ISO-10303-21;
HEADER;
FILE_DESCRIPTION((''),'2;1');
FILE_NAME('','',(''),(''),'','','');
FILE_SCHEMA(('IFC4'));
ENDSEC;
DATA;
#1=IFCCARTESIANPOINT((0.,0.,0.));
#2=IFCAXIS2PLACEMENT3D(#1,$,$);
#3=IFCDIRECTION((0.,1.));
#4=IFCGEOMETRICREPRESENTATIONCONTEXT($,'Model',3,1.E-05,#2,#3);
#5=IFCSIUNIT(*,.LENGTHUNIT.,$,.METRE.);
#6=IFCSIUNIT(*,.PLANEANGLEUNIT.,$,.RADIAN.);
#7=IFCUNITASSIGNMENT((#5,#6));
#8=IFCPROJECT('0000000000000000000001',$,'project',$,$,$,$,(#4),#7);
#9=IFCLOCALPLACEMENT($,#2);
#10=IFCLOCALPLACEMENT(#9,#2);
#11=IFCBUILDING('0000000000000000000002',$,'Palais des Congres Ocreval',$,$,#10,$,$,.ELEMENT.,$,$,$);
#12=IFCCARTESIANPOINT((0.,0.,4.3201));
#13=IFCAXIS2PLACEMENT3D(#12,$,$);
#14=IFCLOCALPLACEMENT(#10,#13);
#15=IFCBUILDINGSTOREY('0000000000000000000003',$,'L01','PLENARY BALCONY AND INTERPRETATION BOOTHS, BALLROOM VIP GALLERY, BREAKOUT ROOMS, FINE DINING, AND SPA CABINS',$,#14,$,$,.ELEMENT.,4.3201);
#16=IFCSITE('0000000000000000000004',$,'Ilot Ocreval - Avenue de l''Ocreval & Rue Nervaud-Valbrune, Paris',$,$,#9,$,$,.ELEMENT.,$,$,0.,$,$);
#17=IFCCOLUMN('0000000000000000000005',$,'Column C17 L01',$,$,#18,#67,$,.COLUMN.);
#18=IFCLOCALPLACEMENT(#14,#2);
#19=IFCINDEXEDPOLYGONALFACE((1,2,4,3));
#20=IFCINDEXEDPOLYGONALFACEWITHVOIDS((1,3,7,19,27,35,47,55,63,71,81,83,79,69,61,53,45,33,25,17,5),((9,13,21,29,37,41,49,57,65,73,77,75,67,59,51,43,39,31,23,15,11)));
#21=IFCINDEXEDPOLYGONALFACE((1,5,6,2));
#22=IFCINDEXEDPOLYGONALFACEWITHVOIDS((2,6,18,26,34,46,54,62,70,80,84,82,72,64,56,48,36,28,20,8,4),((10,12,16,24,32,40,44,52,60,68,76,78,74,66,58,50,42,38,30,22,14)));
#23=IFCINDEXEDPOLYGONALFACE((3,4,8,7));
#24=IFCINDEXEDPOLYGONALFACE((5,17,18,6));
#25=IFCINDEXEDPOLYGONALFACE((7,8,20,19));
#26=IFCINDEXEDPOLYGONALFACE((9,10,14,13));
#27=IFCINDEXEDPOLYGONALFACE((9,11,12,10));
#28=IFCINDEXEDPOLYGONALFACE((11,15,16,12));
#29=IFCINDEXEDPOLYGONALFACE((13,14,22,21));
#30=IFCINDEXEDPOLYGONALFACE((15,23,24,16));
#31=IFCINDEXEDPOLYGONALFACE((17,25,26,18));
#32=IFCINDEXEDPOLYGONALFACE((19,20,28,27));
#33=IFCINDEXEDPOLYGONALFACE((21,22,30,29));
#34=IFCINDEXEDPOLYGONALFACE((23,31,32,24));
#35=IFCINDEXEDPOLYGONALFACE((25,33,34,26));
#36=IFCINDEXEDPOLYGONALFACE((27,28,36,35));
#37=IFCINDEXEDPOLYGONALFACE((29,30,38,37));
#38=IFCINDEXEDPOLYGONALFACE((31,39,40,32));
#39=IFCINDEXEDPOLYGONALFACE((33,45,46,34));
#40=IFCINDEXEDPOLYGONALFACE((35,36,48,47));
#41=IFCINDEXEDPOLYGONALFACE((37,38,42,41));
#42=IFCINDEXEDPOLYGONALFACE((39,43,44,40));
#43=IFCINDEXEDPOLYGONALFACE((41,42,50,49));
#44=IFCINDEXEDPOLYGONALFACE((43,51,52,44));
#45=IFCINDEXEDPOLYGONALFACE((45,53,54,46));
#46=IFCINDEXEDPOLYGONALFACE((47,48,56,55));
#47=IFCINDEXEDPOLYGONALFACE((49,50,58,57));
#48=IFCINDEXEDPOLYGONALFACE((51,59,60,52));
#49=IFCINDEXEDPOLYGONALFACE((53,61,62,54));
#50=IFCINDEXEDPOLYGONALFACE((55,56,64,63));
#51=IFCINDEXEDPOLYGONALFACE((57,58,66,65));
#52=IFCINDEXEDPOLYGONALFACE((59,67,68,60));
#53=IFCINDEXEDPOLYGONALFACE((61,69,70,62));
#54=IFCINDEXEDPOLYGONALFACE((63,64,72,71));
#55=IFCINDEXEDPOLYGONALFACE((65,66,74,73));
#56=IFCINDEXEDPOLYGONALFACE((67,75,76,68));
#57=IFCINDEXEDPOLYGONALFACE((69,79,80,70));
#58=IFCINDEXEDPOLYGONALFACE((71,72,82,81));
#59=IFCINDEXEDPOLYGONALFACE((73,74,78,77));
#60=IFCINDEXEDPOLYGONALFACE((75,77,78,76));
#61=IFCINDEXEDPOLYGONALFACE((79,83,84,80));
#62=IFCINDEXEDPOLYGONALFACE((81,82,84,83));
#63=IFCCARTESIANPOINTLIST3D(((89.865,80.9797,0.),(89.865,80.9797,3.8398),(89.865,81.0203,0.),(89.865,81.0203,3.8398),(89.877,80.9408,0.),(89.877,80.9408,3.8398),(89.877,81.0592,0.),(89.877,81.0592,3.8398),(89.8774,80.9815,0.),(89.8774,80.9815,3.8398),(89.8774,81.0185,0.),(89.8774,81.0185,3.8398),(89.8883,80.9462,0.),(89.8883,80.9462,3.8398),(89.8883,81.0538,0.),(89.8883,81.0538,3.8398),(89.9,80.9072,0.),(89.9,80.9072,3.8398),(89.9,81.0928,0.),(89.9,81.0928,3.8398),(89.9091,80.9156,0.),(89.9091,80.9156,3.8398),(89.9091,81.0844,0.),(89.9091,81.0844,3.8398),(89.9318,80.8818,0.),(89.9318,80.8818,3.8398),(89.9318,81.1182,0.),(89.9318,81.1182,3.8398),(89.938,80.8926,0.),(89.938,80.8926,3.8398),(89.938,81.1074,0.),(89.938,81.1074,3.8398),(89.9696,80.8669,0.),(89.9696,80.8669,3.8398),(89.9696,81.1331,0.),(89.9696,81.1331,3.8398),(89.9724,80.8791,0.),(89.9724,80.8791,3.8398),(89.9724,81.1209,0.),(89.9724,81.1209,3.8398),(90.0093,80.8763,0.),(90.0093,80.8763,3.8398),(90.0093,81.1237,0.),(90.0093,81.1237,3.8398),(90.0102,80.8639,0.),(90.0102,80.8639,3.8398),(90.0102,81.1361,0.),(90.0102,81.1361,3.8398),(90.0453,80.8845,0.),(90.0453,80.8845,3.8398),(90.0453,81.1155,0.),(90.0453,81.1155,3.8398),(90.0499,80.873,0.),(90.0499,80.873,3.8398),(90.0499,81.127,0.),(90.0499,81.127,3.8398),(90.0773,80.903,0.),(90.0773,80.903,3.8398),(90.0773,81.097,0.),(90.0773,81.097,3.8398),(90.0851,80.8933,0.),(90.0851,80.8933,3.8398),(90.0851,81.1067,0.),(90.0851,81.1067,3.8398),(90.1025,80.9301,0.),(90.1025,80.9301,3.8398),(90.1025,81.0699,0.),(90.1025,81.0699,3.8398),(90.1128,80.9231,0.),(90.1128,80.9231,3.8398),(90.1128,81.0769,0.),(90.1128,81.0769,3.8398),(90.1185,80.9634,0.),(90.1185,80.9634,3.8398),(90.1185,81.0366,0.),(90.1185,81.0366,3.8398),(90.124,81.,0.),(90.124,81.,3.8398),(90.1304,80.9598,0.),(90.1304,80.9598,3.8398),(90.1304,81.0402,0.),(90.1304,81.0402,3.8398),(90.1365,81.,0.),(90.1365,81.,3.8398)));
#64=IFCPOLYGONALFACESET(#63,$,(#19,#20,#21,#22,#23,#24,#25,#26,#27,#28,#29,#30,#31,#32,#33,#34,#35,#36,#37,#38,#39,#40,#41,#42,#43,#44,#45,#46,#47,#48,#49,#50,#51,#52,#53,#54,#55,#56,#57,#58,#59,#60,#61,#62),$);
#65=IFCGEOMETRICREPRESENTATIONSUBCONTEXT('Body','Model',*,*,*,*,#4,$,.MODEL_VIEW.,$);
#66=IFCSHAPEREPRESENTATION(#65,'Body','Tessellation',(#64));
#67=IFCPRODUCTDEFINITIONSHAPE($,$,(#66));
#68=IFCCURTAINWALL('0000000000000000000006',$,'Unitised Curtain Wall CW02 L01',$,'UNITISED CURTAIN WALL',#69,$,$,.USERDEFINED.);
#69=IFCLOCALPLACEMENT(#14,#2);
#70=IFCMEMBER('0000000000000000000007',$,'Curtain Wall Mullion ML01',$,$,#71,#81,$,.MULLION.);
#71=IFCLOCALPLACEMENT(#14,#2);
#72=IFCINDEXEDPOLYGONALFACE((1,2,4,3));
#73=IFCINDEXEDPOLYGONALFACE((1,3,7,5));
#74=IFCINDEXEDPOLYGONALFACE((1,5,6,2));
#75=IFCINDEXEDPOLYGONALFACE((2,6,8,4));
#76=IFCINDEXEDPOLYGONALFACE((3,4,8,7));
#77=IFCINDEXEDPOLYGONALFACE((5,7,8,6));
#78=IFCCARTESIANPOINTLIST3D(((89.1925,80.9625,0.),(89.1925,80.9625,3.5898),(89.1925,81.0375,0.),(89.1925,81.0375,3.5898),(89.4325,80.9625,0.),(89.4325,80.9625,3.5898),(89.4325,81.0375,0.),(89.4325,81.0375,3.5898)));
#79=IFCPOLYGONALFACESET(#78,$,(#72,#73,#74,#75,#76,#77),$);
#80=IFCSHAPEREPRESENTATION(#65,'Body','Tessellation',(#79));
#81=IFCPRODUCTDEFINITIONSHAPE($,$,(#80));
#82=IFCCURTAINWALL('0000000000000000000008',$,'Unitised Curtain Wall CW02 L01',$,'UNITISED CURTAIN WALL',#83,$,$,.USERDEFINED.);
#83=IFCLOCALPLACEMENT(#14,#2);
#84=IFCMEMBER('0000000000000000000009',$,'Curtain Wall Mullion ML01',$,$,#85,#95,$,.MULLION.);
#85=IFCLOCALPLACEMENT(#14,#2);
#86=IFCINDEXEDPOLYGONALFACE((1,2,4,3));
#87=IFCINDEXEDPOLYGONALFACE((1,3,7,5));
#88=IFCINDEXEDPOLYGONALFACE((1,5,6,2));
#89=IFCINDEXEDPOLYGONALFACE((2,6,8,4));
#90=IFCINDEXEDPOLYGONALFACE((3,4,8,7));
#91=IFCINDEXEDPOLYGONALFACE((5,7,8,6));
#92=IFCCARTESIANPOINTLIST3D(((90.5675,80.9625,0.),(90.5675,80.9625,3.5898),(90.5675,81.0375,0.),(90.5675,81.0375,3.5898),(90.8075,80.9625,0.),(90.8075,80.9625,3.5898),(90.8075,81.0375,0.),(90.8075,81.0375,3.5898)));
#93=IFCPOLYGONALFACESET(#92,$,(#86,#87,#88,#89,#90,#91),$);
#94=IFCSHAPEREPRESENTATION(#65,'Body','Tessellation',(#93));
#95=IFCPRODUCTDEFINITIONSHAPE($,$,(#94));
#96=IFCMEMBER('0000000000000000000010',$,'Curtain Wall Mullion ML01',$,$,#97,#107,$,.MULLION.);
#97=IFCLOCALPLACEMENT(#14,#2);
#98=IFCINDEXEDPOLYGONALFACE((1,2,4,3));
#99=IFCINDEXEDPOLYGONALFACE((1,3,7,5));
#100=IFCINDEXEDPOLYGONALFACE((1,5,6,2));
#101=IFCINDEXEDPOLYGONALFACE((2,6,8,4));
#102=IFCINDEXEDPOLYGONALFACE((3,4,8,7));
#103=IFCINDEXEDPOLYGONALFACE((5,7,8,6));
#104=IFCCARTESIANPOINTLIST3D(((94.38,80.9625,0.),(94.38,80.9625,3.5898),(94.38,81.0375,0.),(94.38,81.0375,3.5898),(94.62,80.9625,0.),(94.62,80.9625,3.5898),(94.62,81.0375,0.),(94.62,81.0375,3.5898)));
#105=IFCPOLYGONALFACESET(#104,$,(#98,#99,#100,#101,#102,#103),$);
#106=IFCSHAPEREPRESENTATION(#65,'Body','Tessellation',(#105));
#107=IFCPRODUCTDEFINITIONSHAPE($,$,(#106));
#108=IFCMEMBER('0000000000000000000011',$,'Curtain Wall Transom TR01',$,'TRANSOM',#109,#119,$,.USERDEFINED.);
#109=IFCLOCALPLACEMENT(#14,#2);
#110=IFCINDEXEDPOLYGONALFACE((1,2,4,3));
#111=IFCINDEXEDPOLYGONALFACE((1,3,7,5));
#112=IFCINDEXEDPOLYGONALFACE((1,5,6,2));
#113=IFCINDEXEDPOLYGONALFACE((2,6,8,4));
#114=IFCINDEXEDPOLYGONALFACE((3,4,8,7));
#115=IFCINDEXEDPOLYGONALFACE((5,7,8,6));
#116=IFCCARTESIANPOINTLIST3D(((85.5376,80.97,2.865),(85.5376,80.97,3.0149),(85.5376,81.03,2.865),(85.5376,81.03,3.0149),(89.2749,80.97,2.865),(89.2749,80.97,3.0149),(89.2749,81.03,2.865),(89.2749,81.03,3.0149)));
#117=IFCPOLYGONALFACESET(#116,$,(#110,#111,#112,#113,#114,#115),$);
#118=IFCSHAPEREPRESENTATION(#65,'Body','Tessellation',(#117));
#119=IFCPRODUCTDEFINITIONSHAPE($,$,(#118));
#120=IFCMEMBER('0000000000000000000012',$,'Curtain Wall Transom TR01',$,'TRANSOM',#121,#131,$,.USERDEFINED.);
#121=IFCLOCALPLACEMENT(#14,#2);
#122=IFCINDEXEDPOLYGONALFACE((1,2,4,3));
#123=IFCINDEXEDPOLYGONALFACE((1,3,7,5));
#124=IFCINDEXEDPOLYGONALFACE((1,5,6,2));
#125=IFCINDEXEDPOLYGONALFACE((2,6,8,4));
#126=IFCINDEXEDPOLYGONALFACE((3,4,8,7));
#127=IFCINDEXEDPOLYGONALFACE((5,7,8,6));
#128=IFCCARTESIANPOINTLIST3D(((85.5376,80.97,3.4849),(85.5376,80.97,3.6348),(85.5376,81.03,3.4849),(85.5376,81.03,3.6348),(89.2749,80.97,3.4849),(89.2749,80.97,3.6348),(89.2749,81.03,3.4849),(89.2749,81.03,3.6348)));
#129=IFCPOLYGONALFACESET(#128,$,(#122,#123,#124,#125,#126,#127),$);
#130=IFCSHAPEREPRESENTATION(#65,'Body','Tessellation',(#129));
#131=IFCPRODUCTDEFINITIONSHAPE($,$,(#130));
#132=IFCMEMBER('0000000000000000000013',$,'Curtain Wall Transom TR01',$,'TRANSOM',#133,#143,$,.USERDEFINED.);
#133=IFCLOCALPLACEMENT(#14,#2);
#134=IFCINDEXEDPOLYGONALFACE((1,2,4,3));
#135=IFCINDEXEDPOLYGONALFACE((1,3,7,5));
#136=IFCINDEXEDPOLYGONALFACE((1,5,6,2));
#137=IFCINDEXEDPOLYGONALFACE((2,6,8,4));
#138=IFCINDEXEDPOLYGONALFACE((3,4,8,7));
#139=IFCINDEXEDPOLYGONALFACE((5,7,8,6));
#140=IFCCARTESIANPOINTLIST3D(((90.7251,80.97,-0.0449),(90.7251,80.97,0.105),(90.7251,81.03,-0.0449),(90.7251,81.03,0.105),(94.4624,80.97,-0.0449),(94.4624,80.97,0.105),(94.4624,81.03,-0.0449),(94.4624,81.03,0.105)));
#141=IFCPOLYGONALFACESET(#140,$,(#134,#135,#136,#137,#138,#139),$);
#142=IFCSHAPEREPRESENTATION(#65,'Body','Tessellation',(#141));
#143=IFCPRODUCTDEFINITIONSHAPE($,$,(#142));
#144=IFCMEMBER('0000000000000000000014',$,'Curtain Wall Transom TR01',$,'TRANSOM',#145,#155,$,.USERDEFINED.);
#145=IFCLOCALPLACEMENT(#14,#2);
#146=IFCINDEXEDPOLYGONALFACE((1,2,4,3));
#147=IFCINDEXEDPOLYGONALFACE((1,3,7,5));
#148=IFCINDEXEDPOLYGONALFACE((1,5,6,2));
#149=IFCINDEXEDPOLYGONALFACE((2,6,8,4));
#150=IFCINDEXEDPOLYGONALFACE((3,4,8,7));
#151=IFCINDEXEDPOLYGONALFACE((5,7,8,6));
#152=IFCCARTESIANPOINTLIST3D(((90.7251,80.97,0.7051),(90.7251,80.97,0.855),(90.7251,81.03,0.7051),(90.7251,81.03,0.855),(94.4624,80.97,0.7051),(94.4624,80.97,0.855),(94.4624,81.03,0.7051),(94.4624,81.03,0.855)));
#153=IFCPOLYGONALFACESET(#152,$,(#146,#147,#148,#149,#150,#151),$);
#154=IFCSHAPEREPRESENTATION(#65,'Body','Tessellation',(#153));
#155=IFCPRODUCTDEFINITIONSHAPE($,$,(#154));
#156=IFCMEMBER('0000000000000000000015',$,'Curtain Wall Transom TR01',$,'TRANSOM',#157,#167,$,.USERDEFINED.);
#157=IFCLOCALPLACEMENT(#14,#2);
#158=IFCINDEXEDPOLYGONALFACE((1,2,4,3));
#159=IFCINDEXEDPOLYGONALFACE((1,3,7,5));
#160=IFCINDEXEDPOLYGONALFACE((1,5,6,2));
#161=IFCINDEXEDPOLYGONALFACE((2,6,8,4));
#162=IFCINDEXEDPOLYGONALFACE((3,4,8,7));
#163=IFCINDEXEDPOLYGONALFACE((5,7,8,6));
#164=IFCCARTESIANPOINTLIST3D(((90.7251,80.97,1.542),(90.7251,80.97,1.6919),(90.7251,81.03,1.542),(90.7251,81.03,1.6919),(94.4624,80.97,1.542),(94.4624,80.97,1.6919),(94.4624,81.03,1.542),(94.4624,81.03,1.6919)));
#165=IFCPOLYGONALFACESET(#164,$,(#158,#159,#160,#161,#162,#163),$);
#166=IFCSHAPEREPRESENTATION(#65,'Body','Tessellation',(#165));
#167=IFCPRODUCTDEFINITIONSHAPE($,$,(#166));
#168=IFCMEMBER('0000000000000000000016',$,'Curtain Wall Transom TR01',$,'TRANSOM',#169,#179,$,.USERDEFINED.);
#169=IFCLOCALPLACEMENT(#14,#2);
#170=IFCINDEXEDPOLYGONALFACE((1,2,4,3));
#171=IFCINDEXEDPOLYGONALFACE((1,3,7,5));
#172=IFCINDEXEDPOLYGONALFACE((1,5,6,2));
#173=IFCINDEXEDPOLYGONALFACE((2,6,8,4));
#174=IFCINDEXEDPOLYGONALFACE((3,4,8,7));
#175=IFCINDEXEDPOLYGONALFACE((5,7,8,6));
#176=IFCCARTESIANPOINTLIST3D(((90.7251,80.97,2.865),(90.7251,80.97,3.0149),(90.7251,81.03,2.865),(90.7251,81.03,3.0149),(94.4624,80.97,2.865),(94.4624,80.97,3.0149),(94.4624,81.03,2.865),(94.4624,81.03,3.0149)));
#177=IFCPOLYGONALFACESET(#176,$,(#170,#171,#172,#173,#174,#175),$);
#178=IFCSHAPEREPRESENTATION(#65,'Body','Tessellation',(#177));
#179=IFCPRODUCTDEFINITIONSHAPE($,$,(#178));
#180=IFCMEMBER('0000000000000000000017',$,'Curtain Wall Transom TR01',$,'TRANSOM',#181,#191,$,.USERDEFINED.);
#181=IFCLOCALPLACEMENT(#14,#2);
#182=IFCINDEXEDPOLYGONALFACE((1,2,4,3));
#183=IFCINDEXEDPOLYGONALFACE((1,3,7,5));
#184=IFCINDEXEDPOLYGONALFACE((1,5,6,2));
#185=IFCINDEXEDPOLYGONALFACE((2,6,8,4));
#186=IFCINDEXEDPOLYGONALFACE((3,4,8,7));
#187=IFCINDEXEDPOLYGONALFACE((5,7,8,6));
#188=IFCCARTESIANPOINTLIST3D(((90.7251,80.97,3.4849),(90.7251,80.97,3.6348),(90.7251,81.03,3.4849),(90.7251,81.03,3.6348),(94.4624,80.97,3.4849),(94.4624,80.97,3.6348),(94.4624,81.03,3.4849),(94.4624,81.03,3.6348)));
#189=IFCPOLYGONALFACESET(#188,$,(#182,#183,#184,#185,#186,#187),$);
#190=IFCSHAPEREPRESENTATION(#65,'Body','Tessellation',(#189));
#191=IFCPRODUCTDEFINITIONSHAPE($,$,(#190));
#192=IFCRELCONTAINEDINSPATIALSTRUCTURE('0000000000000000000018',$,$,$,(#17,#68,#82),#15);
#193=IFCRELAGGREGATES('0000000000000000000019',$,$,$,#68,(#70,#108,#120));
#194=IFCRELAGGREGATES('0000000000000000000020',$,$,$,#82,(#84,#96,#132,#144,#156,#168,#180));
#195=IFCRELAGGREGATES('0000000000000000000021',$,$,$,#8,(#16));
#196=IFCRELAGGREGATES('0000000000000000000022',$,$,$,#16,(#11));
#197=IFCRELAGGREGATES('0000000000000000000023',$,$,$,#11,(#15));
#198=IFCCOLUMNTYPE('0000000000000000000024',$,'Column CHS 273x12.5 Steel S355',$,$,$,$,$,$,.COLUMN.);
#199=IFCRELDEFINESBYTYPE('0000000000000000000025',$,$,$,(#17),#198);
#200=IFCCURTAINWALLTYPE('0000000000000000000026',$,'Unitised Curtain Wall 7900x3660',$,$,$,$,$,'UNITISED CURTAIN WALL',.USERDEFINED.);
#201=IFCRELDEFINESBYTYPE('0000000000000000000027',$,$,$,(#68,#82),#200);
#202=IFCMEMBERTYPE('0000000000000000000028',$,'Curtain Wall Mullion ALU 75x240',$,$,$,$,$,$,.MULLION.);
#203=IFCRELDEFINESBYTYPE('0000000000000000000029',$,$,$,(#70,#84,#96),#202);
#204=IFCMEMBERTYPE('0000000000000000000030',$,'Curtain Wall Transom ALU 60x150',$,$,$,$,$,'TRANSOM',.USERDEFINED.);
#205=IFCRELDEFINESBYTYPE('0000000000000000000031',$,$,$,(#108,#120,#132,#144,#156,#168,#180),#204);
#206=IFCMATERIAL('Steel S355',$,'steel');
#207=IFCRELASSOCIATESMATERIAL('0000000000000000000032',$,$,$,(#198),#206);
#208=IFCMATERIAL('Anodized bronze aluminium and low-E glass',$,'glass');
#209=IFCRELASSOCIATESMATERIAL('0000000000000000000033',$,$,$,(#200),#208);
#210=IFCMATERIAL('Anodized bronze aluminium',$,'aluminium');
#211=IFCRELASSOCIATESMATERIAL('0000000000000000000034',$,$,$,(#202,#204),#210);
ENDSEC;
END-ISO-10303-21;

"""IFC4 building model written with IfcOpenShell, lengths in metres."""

from ifc_helpers import new_model, si_unit, direction, frame, origin, origin_2d, place, context, subcontext, project, spatial, rectangle, hollow_circle, extrude, material, material_profile, profile_set, type_object, element, aggregate, save


model = new_model("IFC4")

# Units and contexts
model_context = context("Model", 3, precision=1e-05, world=origin(), true_north=direction((0.0, 1.0)))
body_context = subcontext(model_context, "Body", "Model", "MODEL_VIEW")
ifc_project = project(units=[si_unit("LENGTHUNIT", "METRE"), si_unit("PLANEANGLEUNIT", "RADIAN")], contexts=[model_context])

# Site, building, storey
site_placement = place(None, origin())
site = spatial("IfcSite", under=ifc_project, at=site_placement, Name="Ilot Ocreval - Avenue de l'Ocreval & Rue Nervaud-Valbrune, Paris", CompositionType="ELEMENT", RefElevation=0.0)
building_placement = place(site_placement, origin())
building = spatial("IfcBuilding", under=site, at=building_placement, Name="Palais des Congres Ocreval", CompositionType="ELEMENT")
storey_placement = place(building_placement, frame((0.0, 0.0, 4.3201)))
storey = spatial("IfcBuildingStorey", under=building, at=storey_placement, Name="L01", Description="PLENARY BALCONY AND INTERPRETATION BOOTHS, BALLROOM VIP GALLERY, BREAKOUT ROOMS, FINE DINING, AND SPA CABINS", CompositionType="ELEMENT", Elevation=4.3201)

# Column
ifc_material_1 = material(Name="Steel S355", Category="steel")
ifc_material_profile_1 = material_profile(ifc_material_1, hollow_circle(Radius=0.1365, WallThickness=0.0125, at=origin_2d()), Name="CHS 273x12.5")
ifc_profile_set_1 = profile_set([ifc_material_profile_1], Name="Steel S355")
column_type = type_object("IfcColumnType", Name="Column CHS 273x12.5 Steel S355", PredefinedType="COLUMN", material=ifc_profile_set_1)
column_placement = place(storey_placement, frame((90.0, 81.0, 0.0), z_axis=(0.0, 0.0, 1.0), x_axis=(1.0, 0.0, 0.0)))
element("IfcColumn", 1, at=column_placement, inside=storey, type_object=column_type, Name="Column C17 L01", PredefinedType="COLUMN", context=body_context, shape_type="SweptSolid", body=[
    extrude(hollow_circle(Radius=0.1365, WallThickness=0.0125, at=origin_2d()), origin(), (0.0, 0.0, 1.0), 3.8398),
])

# Curtain wall, member
ifc_material_2 = material(Name="Anodized bronze aluminium and low-E glass", Category="glass")
curtain_wall_type = type_object("IfcCurtainWallType", Name="Unitised Curtain Wall 7900x3660", ElementType="UNITISED CURTAIN WALL", PredefinedType="USERDEFINED", material=ifc_material_2)
curtain_wall_1_placement = place(storey_placement, origin())
curtain_wall_1 = element("IfcCurtainWall", 2, at=curtain_wall_1_placement, inside=storey, type_object=curtain_wall_type, Name="Unitised Curtain Wall CW02 L01", ObjectType="UNITISED CURTAIN WALL", PredefinedType="USERDEFINED")
ifc_material_3 = material(Name="Anodized bronze aluminium", Category="aluminium")
ifc_material_profile_2 = material_profile(ifc_material_3, rectangle(XDim=0.075, YDim=0.24, at=origin_2d()), Name="ALU 75x240")
ifc_profile_set_2 = profile_set([ifc_material_profile_2], Name="Anodized bronze aluminium")
member_type_1 = type_object("IfcMemberType", Name="Curtain Wall Mullion ALU 75x240", PredefinedType="MULLION", material=ifc_profile_set_2)
member_1_placement = place(storey_placement, frame((89.3125, 81.0, 0.0), z_axis=(0.0, 0.0, 1.0), x_axis=(0.0, 1.0, 0.0)))
member_1 = element("IfcMember", 3, at=member_1_placement, type_object=member_type_1, Name="Curtain Wall Mullion ML01", PredefinedType="MULLION", context=body_context, shape_type="SweptSolid", body=[
    extrude(rectangle(XDim=0.075, YDim=0.24, at=origin_2d()), origin(), (0.0, 0.0, 1.0), 3.5898),
])

# Curtain wall, members
curtain_wall_2_placement = place(storey_placement, origin())
curtain_wall_2 = element("IfcCurtainWall", 4, at=curtain_wall_2_placement, inside=storey, type_object=curtain_wall_type, Name="Unitised Curtain Wall CW02 L01", ObjectType="UNITISED CURTAIN WALL", PredefinedType="USERDEFINED")
member_2_placement = place(storey_placement, frame((90.6875, 81.0, 0.0), z_axis=(0.0, 0.0, 1.0), x_axis=(0.0, 1.0, 0.0)))
member_2 = element("IfcMember", 5, at=member_2_placement, type_object=member_type_1, Name="Curtain Wall Mullion ML01", PredefinedType="MULLION", context=body_context, shape_type="SweptSolid", body=[
    extrude(rectangle(XDim=0.075, YDim=0.24, at=origin_2d()), origin(), (0.0, 0.0, 1.0), 3.5898),
])
member_3_placement = place(storey_placement, frame((94.5, 81.0, 0.0), z_axis=(0.0, 0.0, 1.0), x_axis=(0.0, 1.0, 0.0)))
member_3 = element("IfcMember", 6, at=member_3_placement, type_object=member_type_1, Name="Curtain Wall Mullion ML01", PredefinedType="MULLION", context=body_context, shape_type="SweptSolid", body=[
    extrude(rectangle(XDim=0.075, YDim=0.24, at=origin_2d()), origin(), (0.0, 0.0, 1.0), 3.5898),
])

# Members
ifc_material_profile_3 = material_profile(ifc_material_3, rectangle(XDim=0.0601, YDim=0.1499, at=origin_2d()), Name="ALU 60x150")
ifc_profile_set_3 = profile_set([ifc_material_profile_3], Name="Anodized bronze aluminium")
member_type_2 = type_object("IfcMemberType", Name="Curtain Wall Transom ALU 60x150", ElementType="TRANSOM", PredefinedType="USERDEFINED", material=ifc_profile_set_3)
member_4_placement = place(storey_placement, frame((85.5376, 81.0, 2.9399), z_axis=(1.0, 0.0, 0.0), x_axis=(0.0, 1.0, 0.0)))
member_4 = element("IfcMember", 7, at=member_4_placement, type_object=member_type_2, Name="Curtain Wall Transom TR01", ObjectType="TRANSOM", PredefinedType="USERDEFINED", context=body_context, shape_type="SweptSolid", body=[
    extrude(rectangle(XDim=0.0601, YDim=0.1499, at=origin_2d()), origin(), (0.0, 0.0, 1.0), 3.7373),
])
member_5_placement = place(storey_placement, frame((85.5376, 81.0, 3.5598), z_axis=(1.0, 0.0, 0.0), x_axis=(0.0, 1.0, 0.0)))
member_5 = element("IfcMember", 8, at=member_5_placement, type_object=member_type_2, Name="Curtain Wall Transom TR01", ObjectType="TRANSOM", PredefinedType="USERDEFINED", context=body_context, shape_type="SweptSolid", body=[
    extrude(rectangle(XDim=0.0601, YDim=0.1499, at=origin_2d()), origin(), (0.0, 0.0, 1.0), 3.7373),
])
member_6_placement = place(storey_placement, frame((90.7251, 81.0, 0.03), z_axis=(1.0, 0.0, 0.0), x_axis=(0.0, 1.0, 0.0)))
member_6 = element("IfcMember", 9, at=member_6_placement, type_object=member_type_2, Name="Curtain Wall Transom TR01", ObjectType="TRANSOM", PredefinedType="USERDEFINED", context=body_context, shape_type="SweptSolid", body=[
    extrude(rectangle(XDim=0.0601, YDim=0.1499, at=origin_2d()), origin(), (0.0, 0.0, 1.0), 3.7373),
])
member_7_placement = place(storey_placement, frame((90.7251, 81.0, 0.78), z_axis=(1.0, 0.0, 0.0), x_axis=(0.0, 1.0, 0.0)))
member_7 = element("IfcMember", 10, at=member_7_placement, type_object=member_type_2, Name="Curtain Wall Transom TR01", ObjectType="TRANSOM", PredefinedType="USERDEFINED", context=body_context, shape_type="SweptSolid", body=[
    extrude(rectangle(XDim=0.0601, YDim=0.1499, at=origin_2d()), origin(), (0.0, 0.0, 1.0), 3.7373),
])
member_8_placement = place(storey_placement, frame((90.7251, 81.0, 1.6169), z_axis=(1.0, 0.0, 0.0), x_axis=(0.0, 1.0, 0.0)))
member_8 = element("IfcMember", 11, at=member_8_placement, type_object=member_type_2, Name="Curtain Wall Transom TR01", ObjectType="TRANSOM", PredefinedType="USERDEFINED", context=body_context, shape_type="SweptSolid", body=[
    extrude(rectangle(XDim=0.0601, YDim=0.1499, at=origin_2d()), origin(), (0.0, 0.0, 1.0), 3.7373),
])
member_9_placement = place(storey_placement, frame((90.7251, 81.0, 2.9399), z_axis=(1.0, 0.0, 0.0), x_axis=(0.0, 1.0, 0.0)))
member_9 = element("IfcMember", 12, at=member_9_placement, type_object=member_type_2, Name="Curtain Wall Transom TR01", ObjectType="TRANSOM", PredefinedType="USERDEFINED", context=body_context, shape_type="SweptSolid", body=[
    extrude(rectangle(XDim=0.0601, YDim=0.1499, at=origin_2d()), origin(), (0.0, 0.0, 1.0), 3.7373),
])
member_10_placement = place(storey_placement, frame((90.7251, 81.0, 3.5598), z_axis=(1.0, 0.0, 0.0), x_axis=(0.0, 1.0, 0.0)))
member_10 = element("IfcMember", 13, at=member_10_placement, type_object=member_type_2, Name="Curtain Wall Transom TR01", ObjectType="TRANSOM", PredefinedType="USERDEFINED", context=body_context, shape_type="SweptSolid", body=[
    extrude(rectangle(XDim=0.0601, YDim=0.1499, at=origin_2d()), origin(), (0.0, 0.0, 1.0), 3.7373),
])

aggregate(curtain_wall_1, [member_1, member_4, member_5])
aggregate(curtain_wall_2, [member_2, member_3, member_6, member_7, member_8, member_9, member_10])

save(model, "model.ifc")
